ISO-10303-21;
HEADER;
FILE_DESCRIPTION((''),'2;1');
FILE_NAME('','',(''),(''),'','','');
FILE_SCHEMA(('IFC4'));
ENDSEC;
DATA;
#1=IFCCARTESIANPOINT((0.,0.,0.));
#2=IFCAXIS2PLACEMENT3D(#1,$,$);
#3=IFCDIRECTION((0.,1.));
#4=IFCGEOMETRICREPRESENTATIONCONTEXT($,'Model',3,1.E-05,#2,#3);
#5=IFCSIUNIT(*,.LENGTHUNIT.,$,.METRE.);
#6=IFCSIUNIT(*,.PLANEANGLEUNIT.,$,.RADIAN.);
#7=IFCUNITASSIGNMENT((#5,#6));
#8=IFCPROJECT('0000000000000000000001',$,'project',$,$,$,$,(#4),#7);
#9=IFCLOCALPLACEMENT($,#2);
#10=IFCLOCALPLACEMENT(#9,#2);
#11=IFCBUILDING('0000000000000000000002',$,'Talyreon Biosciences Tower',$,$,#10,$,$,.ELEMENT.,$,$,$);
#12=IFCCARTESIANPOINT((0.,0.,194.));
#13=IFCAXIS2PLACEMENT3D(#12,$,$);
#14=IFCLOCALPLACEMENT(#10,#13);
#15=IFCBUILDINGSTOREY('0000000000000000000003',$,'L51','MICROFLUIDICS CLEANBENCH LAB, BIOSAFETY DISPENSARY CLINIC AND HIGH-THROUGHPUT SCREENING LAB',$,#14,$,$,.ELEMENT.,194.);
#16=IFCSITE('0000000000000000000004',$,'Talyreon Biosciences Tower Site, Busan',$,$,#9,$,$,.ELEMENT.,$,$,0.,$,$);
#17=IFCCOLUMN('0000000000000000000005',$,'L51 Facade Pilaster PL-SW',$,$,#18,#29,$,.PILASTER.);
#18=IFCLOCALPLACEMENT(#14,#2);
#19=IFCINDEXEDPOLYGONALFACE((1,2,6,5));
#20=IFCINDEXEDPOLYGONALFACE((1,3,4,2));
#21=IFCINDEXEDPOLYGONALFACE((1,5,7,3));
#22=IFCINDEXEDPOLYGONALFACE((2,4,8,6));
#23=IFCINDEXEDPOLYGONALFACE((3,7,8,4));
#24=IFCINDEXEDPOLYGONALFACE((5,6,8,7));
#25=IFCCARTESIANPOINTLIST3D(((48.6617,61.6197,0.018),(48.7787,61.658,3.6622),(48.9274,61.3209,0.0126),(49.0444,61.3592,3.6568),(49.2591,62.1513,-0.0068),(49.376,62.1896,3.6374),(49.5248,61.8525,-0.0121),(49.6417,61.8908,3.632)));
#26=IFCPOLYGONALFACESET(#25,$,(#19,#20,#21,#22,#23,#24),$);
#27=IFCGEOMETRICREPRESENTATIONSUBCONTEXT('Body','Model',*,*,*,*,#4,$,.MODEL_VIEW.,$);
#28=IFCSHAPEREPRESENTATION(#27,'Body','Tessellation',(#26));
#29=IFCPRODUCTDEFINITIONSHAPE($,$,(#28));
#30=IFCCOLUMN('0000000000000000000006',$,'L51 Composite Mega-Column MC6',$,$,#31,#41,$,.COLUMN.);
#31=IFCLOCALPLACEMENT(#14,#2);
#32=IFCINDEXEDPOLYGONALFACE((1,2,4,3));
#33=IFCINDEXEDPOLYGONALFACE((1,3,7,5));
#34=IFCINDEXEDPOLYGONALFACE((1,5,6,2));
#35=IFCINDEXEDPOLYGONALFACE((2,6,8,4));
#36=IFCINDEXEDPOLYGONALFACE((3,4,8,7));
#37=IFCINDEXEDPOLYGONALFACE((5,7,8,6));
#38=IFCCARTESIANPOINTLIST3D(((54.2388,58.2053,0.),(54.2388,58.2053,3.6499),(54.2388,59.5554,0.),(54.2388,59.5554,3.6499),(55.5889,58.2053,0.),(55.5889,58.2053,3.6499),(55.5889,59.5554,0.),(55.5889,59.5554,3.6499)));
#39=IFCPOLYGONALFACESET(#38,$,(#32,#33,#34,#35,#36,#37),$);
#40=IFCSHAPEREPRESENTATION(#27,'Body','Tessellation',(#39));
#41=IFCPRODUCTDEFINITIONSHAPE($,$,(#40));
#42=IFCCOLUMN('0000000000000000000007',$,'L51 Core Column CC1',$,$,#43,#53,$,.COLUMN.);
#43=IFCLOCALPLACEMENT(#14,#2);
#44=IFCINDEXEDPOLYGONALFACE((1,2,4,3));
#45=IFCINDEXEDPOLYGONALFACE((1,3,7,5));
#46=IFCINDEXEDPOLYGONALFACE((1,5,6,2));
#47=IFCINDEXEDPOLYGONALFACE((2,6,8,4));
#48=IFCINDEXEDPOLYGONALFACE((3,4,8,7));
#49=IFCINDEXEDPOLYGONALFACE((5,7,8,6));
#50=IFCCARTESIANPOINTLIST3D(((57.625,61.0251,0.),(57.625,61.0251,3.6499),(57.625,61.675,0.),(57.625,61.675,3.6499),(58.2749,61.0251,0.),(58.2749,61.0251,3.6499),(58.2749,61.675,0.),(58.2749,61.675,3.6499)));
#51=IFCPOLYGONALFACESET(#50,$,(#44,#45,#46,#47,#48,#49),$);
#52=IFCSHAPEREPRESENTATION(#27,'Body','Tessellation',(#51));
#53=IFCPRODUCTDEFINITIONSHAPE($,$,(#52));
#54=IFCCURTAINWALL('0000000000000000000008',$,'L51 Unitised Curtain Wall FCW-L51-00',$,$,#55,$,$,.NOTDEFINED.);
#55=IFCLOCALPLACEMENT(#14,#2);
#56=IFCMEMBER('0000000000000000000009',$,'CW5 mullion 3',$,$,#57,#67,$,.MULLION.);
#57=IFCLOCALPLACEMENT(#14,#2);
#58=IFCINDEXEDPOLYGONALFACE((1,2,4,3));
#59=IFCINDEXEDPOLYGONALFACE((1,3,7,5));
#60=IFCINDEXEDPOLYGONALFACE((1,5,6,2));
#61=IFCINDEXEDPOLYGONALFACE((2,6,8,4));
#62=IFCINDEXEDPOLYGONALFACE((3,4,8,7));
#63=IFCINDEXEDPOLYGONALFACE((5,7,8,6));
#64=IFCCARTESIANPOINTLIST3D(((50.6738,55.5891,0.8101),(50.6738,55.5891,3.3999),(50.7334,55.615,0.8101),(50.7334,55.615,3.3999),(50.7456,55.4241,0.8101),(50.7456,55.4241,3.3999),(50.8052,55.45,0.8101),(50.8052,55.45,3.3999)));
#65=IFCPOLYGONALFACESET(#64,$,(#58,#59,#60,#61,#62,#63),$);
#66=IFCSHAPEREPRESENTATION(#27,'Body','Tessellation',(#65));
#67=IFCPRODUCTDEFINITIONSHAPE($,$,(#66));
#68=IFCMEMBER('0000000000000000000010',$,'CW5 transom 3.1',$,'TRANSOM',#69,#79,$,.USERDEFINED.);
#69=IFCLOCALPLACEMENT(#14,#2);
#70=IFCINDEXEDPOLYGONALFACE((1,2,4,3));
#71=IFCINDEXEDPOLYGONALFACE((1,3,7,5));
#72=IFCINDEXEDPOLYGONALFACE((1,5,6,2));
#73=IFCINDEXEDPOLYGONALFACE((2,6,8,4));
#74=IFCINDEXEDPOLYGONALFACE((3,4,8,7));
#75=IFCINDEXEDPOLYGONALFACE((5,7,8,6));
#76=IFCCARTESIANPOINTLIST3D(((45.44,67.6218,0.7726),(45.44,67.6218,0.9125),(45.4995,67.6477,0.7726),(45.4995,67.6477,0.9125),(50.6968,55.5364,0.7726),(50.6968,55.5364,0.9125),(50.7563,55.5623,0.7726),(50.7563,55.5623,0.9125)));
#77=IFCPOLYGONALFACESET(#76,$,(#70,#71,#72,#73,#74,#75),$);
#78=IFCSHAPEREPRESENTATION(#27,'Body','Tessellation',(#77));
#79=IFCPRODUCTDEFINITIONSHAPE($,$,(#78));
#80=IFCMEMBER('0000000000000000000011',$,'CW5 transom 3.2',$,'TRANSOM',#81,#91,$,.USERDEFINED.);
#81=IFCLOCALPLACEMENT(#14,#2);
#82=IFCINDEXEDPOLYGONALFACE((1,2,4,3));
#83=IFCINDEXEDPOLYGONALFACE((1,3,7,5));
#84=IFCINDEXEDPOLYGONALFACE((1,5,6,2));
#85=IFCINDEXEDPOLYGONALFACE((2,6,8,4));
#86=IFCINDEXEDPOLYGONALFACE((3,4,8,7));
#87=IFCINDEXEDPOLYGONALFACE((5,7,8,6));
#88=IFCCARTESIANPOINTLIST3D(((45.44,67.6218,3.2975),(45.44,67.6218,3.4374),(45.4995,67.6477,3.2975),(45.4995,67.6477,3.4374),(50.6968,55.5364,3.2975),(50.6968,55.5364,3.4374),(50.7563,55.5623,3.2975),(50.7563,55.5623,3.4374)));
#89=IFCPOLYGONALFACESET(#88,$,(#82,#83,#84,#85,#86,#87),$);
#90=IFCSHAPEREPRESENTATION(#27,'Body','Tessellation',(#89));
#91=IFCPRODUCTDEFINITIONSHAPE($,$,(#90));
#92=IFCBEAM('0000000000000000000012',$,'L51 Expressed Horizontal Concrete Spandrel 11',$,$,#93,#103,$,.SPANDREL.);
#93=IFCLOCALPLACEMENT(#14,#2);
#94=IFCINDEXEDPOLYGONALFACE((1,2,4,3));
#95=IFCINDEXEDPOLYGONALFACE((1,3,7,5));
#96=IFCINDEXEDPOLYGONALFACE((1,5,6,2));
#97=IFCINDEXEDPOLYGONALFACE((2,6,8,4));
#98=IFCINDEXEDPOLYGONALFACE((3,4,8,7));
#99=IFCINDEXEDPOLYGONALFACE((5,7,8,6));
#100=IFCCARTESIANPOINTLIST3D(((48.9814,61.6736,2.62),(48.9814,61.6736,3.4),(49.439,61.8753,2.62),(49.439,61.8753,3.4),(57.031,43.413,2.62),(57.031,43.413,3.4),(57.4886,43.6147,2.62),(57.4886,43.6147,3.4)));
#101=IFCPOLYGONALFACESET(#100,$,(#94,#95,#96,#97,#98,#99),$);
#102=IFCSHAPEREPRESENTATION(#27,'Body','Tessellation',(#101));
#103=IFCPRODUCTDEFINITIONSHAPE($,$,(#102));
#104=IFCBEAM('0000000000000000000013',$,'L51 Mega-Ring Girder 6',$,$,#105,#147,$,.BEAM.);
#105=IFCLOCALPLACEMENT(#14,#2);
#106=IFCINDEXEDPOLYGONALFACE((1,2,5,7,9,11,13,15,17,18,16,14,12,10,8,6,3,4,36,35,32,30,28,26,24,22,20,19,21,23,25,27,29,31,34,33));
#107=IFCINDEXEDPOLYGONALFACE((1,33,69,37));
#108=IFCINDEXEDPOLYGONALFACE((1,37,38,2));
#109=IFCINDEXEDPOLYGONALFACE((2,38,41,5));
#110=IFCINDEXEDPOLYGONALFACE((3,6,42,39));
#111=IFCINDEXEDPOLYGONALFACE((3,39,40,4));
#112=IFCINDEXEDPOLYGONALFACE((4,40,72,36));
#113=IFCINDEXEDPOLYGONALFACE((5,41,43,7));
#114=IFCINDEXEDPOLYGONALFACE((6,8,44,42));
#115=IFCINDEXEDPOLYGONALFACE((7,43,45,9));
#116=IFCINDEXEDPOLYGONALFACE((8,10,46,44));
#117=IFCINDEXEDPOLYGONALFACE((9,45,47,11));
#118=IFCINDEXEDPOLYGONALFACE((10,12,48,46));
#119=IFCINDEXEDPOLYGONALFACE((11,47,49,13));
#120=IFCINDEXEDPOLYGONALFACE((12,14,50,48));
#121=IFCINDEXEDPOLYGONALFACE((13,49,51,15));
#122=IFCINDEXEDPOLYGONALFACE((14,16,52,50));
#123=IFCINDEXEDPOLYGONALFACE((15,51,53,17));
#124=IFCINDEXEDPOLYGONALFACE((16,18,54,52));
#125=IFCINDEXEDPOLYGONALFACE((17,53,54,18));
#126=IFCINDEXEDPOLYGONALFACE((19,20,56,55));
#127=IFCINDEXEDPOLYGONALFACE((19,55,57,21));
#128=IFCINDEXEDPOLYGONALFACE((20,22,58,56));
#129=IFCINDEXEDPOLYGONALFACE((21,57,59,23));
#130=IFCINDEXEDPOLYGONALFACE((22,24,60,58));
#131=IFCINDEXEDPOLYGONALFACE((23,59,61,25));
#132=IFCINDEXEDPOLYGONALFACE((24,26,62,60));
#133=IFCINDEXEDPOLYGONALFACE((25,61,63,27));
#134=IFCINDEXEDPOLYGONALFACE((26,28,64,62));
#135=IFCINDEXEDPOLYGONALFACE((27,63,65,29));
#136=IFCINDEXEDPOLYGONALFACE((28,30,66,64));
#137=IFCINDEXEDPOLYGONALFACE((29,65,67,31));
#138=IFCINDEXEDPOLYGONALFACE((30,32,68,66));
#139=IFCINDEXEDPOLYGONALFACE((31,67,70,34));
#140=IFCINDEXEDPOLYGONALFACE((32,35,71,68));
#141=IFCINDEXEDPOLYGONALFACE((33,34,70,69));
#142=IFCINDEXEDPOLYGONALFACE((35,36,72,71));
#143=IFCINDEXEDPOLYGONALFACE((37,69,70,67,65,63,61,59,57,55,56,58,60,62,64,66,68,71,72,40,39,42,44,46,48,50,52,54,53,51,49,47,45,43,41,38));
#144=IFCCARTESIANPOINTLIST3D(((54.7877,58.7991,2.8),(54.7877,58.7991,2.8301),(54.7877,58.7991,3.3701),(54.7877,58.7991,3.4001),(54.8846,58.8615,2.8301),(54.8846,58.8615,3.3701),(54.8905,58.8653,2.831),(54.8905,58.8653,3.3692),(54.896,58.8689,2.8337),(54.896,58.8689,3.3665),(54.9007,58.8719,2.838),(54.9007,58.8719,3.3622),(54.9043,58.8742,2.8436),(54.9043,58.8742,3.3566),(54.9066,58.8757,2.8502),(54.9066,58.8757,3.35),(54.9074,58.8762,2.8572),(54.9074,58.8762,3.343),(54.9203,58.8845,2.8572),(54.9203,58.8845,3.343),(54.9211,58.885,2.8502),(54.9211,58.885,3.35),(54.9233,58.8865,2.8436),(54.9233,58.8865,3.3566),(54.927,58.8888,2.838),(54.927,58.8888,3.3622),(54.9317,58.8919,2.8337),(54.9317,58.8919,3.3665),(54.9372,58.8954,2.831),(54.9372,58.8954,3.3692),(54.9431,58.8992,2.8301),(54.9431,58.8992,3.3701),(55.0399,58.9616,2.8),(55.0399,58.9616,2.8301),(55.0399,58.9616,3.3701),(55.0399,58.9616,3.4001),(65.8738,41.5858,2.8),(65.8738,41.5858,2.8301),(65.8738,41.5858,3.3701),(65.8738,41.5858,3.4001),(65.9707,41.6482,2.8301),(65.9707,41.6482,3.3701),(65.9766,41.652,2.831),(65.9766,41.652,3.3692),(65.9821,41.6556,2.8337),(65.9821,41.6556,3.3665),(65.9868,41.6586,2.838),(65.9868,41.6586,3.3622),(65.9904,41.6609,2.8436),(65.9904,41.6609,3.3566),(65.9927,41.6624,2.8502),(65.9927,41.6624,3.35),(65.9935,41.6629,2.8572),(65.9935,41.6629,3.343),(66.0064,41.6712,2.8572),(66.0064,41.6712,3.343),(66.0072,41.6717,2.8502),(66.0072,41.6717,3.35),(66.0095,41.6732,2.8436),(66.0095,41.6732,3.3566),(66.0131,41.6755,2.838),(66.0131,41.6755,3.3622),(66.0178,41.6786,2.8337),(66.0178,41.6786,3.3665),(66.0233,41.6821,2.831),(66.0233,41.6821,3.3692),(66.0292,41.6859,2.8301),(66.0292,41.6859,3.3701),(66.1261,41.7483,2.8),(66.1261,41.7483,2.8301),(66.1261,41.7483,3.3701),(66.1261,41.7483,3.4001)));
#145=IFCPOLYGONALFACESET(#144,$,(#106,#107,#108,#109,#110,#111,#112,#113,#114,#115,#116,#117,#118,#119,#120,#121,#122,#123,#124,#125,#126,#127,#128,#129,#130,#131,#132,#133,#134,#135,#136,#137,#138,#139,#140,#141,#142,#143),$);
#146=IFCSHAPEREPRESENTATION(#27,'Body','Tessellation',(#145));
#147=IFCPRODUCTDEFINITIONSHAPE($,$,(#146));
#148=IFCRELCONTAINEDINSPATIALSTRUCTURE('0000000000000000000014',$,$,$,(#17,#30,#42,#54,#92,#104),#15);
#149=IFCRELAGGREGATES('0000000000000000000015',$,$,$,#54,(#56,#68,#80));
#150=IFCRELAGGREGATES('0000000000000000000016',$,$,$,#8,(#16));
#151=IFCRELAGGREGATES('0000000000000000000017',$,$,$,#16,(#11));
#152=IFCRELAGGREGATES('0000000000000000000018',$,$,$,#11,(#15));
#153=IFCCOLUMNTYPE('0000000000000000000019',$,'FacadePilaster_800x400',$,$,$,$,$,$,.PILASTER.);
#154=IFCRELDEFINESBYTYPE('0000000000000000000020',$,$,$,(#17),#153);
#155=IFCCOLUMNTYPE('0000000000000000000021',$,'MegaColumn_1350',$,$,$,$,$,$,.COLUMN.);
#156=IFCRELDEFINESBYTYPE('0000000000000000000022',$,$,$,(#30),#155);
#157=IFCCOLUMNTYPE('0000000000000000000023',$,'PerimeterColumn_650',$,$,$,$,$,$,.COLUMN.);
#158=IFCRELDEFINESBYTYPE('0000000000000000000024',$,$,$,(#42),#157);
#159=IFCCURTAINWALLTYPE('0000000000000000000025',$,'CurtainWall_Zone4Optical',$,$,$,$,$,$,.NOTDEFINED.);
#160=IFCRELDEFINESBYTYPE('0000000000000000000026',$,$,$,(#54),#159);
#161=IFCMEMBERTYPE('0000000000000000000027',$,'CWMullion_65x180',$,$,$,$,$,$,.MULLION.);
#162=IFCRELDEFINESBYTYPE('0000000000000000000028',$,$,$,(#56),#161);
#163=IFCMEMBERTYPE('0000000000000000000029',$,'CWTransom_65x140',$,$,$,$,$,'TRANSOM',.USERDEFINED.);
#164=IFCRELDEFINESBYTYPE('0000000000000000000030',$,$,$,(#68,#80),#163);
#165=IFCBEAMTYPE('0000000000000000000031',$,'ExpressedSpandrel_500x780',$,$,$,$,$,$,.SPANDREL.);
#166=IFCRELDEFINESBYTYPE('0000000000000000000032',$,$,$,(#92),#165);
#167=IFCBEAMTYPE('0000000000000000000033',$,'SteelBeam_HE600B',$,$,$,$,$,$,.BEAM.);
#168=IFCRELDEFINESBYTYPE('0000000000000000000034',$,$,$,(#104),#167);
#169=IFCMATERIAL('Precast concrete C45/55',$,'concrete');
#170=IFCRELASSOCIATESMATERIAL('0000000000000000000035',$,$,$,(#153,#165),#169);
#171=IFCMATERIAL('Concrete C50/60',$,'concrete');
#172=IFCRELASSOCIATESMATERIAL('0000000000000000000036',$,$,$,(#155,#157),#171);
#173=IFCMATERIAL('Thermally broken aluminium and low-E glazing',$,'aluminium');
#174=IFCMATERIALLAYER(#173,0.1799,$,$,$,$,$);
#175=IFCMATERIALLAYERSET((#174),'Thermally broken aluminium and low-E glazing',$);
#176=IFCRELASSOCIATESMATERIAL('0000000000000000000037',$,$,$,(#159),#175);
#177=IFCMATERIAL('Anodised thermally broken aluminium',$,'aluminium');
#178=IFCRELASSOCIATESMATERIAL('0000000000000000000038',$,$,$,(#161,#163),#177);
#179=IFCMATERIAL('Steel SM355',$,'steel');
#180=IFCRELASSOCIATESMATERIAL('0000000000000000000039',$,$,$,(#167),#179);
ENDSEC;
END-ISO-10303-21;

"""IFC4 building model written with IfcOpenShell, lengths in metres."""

from ifc_helpers import new_model, si_unit, direction, frame, origin, origin_2d, place, context, subcontext, project, spatial, rectangle, i_section, extrude, material, layer, layer_set, material_profile, profile_set, type_object, element, aggregate, save


model = new_model("IFC4")

# Units and contexts
model_context = context("Model", 3, precision=1e-05, world=origin(), true_north=direction((0.0, 1.0)))
body_context = subcontext(model_context, "Body", "Model", "MODEL_VIEW")
ifc_project = project(units=[si_unit("LENGTHUNIT", "METRE"), si_unit("PLANEANGLEUNIT", "RADIAN")], contexts=[model_context])

# Site, building, storey
site_placement = place(None, origin())
site = spatial("IfcSite", under=ifc_project, at=site_placement, Name="Talyreon Biosciences Tower Site, Busan", CompositionType="ELEMENT", RefElevation=0.0)
building_placement = place(site_placement, origin())
building = spatial("IfcBuilding", under=site, at=building_placement, Name="Talyreon Biosciences Tower", CompositionType="ELEMENT")
storey_placement = place(building_placement, frame((0.0, 0.0, 194.0)))
storey = spatial("IfcBuildingStorey", under=building, at=storey_placement, Name="L51", Description="MICROFLUIDICS CLEANBENCH LAB, BIOSAFETY DISPENSARY CLINIC AND HIGH-THROUGHPUT SCREENING LAB", CompositionType="ELEMENT", Elevation=194.0)

# Columns
ifc_material_1 = material(Name="Precast concrete C45/55", Category="concrete")
ifc_material_profile_1 = material_profile(ifc_material_1, rectangle(XDim=0.8, YDim=0.3999, at=origin_2d()), Name="RC 800x400")
ifc_profile_set_1 = profile_set([ifc_material_profile_1], Name="Precast concrete C45/55")
column_type_1 = type_object("IfcColumnType", Name="FacadePilaster_800x400", PredefinedType="PILASTER", material=ifc_profile_set_1)
column_1_placement = place(storey_placement, frame((49.0933, 61.7361, 0.0029), z_axis=(0.032073, 0.010513, 0.99943), x_axis=(0.746671, 0.664473, -0.030951)))
element("IfcColumn", 1, at=column_1_placement, inside=storey, type_object=column_type_1, Name="L51 Facade Pilaster PL-SW", PredefinedType="PILASTER", context=body_context, shape_type="SweptSolid", body=[
    extrude(rectangle(XDim=0.8, YDim=0.3999, at=origin_2d()), origin(), (0.0, 0.0, 1.0), 3.6462),
])
ifc_material_2 = material(Name="Concrete C50/60", Category="concrete")
ifc_material_profile_2 = material_profile(ifc_material_2, rectangle(XDim=1.3501, YDim=1.3501, at=origin_2d()), Name="RC 1350x1350")
ifc_profile_set_2 = profile_set([ifc_material_profile_2], Name="Concrete C50/60")
column_type_2 = type_object("IfcColumnType", Name="MegaColumn_1350", PredefinedType="COLUMN", material=ifc_profile_set_2)
column_2_placement = place(storey_placement, frame((54.9138, 58.8804, 0.0), z_axis=(0.0, 0.0, 1.0), x_axis=(1.0, 0.0, 0.0)))
element("IfcColumn", 2, at=column_2_placement, inside=storey, type_object=column_type_2, Name="L51 Composite Mega-Column MC6", PredefinedType="COLUMN", context=body_context, shape_type="SweptSolid", body=[
    extrude(rectangle(XDim=1.3501, YDim=1.3501, at=origin_2d()), origin(), (0.0, 0.0, 1.0), 3.6499),
])
ifc_material_profile_3 = material_profile(ifc_material_2, rectangle(XDim=0.6499, YDim=0.6499, at=origin_2d()), Name="RC 650x650")
ifc_profile_set_3 = profile_set([ifc_material_profile_3], Name="Concrete C50/60")
column_type_3 = type_object("IfcColumnType", Name="PerimeterColumn_650", PredefinedType="COLUMN", material=ifc_profile_set_3)
column_3_placement = place(storey_placement, frame((57.95, 61.3501, 0.0), z_axis=(0.0, 0.0, 1.0), x_axis=(1.0, 0.0, 0.0)))
element("IfcColumn", 3, at=column_3_placement, inside=storey, type_object=column_type_3, Name="L51 Core Column CC1", PredefinedType="COLUMN", context=body_context, shape_type="SweptSolid", body=[
    extrude(rectangle(XDim=0.6499, YDim=0.6499, at=origin_2d()), origin(), (0.0, 0.0, 1.0), 3.6499),
])

# Curtain wall, members
ifc_material_3 = material(Name="Thermally broken aluminium and low-E glazing", Category="aluminium")
ifc_layer_1 = layer(ifc_material_3, 0.1799)
ifc_layer_set_1 = layer_set([ifc_layer_1], Name="Thermally broken aluminium and low-E glazing")
curtain_wall_type = type_object("IfcCurtainWallType", Name="CurtainWall_Zone4Optical", PredefinedType="NOTDEFINED", material=ifc_layer_set_1)
curtain_wall_placement = place(storey_placement, origin())
curtain_wall = element("IfcCurtainWall", 4, at=curtain_wall_placement, inside=storey, type_object=curtain_wall_type, Name="L51 Unitised Curtain Wall FCW-L51-00", PredefinedType="NOTDEFINED")
ifc_material_4 = material(Name="Anodised thermally broken aluminium", Category="aluminium")
ifc_material_profile_4 = material_profile(ifc_material_4, rectangle(XDim=0.0649, YDim=0.1799, at=origin_2d()), Name="ALUM MULLION 65x180")
ifc_profile_set_4 = profile_set([ifc_material_profile_4], Name="Anodised thermally broken aluminium")
member_type_1 = type_object("IfcMemberType", Name="CWMullion_65x180", PredefinedType="MULLION", material=ifc_profile_set_4)
member_1_placement = place(storey_placement, frame((50.7395, 55.5195, 0.8101), z_axis=(0.0, 0.0, 1.0), x_axis=(-0.917011, -0.398862, 0.0)))
member_1 = element("IfcMember", 5, at=member_1_placement, type_object=member_type_1, Name="CW5 mullion 3", PredefinedType="MULLION", context=body_context, shape_type="SweptSolid", body=[
    extrude(rectangle(XDim=0.0649, YDim=0.1799, at=origin_2d()), origin(), (0.0, 0.0, 1.0), 2.5898),
])
ifc_material_profile_5 = material_profile(ifc_material_4, rectangle(XDim=0.0649, YDim=0.1399, at=origin_2d()), Name="ALUM TRANSOM 65x140")
ifc_profile_set_5 = profile_set([ifc_material_profile_5], Name="Anodised thermally broken aluminium")
member_type_2 = type_object("IfcMemberType", Name="CWTransom_65x140", ElementType="TRANSOM", PredefinedType="USERDEFINED", material=ifc_profile_set_5)
member_2_placement = place(storey_placement, frame((50.7266, 55.5493, 0.8425), z_axis=(-0.398872, 0.917006, 0.0), x_axis=(-0.917006, -0.398872, 0.0)))
member_2 = element("IfcMember", 6, at=member_2_placement, type_object=member_type_2, Name="CW5 transom 3.1", ObjectType="TRANSOM", PredefinedType="USERDEFINED", context=body_context, shape_type="SweptSolid", body=[
    extrude(rectangle(XDim=0.0649, YDim=0.1399, at=origin_2d()), origin(), (0.0, 0.0, 1.0), 13.1792),
])
member_3_placement = place(storey_placement, frame((50.7266, 55.5493, 3.3674), z_axis=(-0.398872, 0.917006, 0.0), x_axis=(-0.917006, -0.398872, 0.0)))
member_3 = element("IfcMember", 7, at=member_3_placement, type_object=member_type_2, Name="CW5 transom 3.2", ObjectType="TRANSOM", PredefinedType="USERDEFINED", context=body_context, shape_type="SweptSolid", body=[
    extrude(rectangle(XDim=0.0649, YDim=0.1399, at=origin_2d()), origin(), (0.0, 0.0, 1.0), 13.1792),
])

# Beams
ifc_material_profile_6 = material_profile(ifc_material_1, rectangle(XDim=0.5, YDim=0.78, at=origin_2d()), Name="RCB 500x780")
ifc_profile_set_6 = profile_set([ifc_material_profile_6], Name="Precast concrete C45/55")
beam_type_1 = type_object("IfcBeamType", Name="ExpressedSpandrel_500x780", PredefinedType="SPANDREL", material=ifc_profile_set_6)
beam_1_placement = place(storey_placement, frame((49.2102, 61.7744, 3.01), z_axis=(0.403366, -0.915039, 0.0), x_axis=(0.915039, 0.403366, 0.0)))
element("IfcBeam", 8, at=beam_1_placement, inside=storey, type_object=beam_type_1, Name="L51 Expressed Horizontal Concrete Spandrel 11", PredefinedType="SPANDREL", context=body_context, shape_type="SweptSolid", body=[
    extrude(rectangle(XDim=0.5, YDim=0.78, at=origin_2d()), origin(), (0.0, 0.0, 1.0), 19.9561),
])
ifc_material_5 = material(Name="Steel SM355", Category="steel")
ifc_material_profile_7 = material_profile(ifc_material_5, i_section(OverallWidth=0.3, OverallDepth=0.6001, WebThickness=0.0154, FlangeThickness=0.03, FilletRadius=0.0271, at=origin_2d()), Name="HE600B")
ifc_profile_set_7 = profile_set([ifc_material_profile_7], Name="Steel SM355")
beam_type_2 = type_object("IfcBeamType", Name="SteelBeam_HE600B", PredefinedType="BEAM", material=ifc_profile_set_7)
beam_2_placement = place(storey_placement, frame((54.9138, 58.8804, 3.1001), z_axis=(0.541464, -0.840724, 0.0), x_axis=(0.840724, 0.541464, 0.0)))
element("IfcBeam", 9, at=beam_2_placement, inside=storey, type_object=beam_type_2, Name="L51 Mega-Ring Girder 6", PredefinedType="BEAM", context=body_context, shape_type="SweptSolid", body=[
    extrude(i_section(OverallWidth=0.3, OverallDepth=0.6001, WebThickness=0.0154, FlangeThickness=0.03, FilletRadius=0.0271, at=origin_2d()), origin(), (0.0, 0.0, 1.0), 20.4744),
])

aggregate(curtain_wall, [member_1, member_2, member_3])

save(model, "model.ifc")
